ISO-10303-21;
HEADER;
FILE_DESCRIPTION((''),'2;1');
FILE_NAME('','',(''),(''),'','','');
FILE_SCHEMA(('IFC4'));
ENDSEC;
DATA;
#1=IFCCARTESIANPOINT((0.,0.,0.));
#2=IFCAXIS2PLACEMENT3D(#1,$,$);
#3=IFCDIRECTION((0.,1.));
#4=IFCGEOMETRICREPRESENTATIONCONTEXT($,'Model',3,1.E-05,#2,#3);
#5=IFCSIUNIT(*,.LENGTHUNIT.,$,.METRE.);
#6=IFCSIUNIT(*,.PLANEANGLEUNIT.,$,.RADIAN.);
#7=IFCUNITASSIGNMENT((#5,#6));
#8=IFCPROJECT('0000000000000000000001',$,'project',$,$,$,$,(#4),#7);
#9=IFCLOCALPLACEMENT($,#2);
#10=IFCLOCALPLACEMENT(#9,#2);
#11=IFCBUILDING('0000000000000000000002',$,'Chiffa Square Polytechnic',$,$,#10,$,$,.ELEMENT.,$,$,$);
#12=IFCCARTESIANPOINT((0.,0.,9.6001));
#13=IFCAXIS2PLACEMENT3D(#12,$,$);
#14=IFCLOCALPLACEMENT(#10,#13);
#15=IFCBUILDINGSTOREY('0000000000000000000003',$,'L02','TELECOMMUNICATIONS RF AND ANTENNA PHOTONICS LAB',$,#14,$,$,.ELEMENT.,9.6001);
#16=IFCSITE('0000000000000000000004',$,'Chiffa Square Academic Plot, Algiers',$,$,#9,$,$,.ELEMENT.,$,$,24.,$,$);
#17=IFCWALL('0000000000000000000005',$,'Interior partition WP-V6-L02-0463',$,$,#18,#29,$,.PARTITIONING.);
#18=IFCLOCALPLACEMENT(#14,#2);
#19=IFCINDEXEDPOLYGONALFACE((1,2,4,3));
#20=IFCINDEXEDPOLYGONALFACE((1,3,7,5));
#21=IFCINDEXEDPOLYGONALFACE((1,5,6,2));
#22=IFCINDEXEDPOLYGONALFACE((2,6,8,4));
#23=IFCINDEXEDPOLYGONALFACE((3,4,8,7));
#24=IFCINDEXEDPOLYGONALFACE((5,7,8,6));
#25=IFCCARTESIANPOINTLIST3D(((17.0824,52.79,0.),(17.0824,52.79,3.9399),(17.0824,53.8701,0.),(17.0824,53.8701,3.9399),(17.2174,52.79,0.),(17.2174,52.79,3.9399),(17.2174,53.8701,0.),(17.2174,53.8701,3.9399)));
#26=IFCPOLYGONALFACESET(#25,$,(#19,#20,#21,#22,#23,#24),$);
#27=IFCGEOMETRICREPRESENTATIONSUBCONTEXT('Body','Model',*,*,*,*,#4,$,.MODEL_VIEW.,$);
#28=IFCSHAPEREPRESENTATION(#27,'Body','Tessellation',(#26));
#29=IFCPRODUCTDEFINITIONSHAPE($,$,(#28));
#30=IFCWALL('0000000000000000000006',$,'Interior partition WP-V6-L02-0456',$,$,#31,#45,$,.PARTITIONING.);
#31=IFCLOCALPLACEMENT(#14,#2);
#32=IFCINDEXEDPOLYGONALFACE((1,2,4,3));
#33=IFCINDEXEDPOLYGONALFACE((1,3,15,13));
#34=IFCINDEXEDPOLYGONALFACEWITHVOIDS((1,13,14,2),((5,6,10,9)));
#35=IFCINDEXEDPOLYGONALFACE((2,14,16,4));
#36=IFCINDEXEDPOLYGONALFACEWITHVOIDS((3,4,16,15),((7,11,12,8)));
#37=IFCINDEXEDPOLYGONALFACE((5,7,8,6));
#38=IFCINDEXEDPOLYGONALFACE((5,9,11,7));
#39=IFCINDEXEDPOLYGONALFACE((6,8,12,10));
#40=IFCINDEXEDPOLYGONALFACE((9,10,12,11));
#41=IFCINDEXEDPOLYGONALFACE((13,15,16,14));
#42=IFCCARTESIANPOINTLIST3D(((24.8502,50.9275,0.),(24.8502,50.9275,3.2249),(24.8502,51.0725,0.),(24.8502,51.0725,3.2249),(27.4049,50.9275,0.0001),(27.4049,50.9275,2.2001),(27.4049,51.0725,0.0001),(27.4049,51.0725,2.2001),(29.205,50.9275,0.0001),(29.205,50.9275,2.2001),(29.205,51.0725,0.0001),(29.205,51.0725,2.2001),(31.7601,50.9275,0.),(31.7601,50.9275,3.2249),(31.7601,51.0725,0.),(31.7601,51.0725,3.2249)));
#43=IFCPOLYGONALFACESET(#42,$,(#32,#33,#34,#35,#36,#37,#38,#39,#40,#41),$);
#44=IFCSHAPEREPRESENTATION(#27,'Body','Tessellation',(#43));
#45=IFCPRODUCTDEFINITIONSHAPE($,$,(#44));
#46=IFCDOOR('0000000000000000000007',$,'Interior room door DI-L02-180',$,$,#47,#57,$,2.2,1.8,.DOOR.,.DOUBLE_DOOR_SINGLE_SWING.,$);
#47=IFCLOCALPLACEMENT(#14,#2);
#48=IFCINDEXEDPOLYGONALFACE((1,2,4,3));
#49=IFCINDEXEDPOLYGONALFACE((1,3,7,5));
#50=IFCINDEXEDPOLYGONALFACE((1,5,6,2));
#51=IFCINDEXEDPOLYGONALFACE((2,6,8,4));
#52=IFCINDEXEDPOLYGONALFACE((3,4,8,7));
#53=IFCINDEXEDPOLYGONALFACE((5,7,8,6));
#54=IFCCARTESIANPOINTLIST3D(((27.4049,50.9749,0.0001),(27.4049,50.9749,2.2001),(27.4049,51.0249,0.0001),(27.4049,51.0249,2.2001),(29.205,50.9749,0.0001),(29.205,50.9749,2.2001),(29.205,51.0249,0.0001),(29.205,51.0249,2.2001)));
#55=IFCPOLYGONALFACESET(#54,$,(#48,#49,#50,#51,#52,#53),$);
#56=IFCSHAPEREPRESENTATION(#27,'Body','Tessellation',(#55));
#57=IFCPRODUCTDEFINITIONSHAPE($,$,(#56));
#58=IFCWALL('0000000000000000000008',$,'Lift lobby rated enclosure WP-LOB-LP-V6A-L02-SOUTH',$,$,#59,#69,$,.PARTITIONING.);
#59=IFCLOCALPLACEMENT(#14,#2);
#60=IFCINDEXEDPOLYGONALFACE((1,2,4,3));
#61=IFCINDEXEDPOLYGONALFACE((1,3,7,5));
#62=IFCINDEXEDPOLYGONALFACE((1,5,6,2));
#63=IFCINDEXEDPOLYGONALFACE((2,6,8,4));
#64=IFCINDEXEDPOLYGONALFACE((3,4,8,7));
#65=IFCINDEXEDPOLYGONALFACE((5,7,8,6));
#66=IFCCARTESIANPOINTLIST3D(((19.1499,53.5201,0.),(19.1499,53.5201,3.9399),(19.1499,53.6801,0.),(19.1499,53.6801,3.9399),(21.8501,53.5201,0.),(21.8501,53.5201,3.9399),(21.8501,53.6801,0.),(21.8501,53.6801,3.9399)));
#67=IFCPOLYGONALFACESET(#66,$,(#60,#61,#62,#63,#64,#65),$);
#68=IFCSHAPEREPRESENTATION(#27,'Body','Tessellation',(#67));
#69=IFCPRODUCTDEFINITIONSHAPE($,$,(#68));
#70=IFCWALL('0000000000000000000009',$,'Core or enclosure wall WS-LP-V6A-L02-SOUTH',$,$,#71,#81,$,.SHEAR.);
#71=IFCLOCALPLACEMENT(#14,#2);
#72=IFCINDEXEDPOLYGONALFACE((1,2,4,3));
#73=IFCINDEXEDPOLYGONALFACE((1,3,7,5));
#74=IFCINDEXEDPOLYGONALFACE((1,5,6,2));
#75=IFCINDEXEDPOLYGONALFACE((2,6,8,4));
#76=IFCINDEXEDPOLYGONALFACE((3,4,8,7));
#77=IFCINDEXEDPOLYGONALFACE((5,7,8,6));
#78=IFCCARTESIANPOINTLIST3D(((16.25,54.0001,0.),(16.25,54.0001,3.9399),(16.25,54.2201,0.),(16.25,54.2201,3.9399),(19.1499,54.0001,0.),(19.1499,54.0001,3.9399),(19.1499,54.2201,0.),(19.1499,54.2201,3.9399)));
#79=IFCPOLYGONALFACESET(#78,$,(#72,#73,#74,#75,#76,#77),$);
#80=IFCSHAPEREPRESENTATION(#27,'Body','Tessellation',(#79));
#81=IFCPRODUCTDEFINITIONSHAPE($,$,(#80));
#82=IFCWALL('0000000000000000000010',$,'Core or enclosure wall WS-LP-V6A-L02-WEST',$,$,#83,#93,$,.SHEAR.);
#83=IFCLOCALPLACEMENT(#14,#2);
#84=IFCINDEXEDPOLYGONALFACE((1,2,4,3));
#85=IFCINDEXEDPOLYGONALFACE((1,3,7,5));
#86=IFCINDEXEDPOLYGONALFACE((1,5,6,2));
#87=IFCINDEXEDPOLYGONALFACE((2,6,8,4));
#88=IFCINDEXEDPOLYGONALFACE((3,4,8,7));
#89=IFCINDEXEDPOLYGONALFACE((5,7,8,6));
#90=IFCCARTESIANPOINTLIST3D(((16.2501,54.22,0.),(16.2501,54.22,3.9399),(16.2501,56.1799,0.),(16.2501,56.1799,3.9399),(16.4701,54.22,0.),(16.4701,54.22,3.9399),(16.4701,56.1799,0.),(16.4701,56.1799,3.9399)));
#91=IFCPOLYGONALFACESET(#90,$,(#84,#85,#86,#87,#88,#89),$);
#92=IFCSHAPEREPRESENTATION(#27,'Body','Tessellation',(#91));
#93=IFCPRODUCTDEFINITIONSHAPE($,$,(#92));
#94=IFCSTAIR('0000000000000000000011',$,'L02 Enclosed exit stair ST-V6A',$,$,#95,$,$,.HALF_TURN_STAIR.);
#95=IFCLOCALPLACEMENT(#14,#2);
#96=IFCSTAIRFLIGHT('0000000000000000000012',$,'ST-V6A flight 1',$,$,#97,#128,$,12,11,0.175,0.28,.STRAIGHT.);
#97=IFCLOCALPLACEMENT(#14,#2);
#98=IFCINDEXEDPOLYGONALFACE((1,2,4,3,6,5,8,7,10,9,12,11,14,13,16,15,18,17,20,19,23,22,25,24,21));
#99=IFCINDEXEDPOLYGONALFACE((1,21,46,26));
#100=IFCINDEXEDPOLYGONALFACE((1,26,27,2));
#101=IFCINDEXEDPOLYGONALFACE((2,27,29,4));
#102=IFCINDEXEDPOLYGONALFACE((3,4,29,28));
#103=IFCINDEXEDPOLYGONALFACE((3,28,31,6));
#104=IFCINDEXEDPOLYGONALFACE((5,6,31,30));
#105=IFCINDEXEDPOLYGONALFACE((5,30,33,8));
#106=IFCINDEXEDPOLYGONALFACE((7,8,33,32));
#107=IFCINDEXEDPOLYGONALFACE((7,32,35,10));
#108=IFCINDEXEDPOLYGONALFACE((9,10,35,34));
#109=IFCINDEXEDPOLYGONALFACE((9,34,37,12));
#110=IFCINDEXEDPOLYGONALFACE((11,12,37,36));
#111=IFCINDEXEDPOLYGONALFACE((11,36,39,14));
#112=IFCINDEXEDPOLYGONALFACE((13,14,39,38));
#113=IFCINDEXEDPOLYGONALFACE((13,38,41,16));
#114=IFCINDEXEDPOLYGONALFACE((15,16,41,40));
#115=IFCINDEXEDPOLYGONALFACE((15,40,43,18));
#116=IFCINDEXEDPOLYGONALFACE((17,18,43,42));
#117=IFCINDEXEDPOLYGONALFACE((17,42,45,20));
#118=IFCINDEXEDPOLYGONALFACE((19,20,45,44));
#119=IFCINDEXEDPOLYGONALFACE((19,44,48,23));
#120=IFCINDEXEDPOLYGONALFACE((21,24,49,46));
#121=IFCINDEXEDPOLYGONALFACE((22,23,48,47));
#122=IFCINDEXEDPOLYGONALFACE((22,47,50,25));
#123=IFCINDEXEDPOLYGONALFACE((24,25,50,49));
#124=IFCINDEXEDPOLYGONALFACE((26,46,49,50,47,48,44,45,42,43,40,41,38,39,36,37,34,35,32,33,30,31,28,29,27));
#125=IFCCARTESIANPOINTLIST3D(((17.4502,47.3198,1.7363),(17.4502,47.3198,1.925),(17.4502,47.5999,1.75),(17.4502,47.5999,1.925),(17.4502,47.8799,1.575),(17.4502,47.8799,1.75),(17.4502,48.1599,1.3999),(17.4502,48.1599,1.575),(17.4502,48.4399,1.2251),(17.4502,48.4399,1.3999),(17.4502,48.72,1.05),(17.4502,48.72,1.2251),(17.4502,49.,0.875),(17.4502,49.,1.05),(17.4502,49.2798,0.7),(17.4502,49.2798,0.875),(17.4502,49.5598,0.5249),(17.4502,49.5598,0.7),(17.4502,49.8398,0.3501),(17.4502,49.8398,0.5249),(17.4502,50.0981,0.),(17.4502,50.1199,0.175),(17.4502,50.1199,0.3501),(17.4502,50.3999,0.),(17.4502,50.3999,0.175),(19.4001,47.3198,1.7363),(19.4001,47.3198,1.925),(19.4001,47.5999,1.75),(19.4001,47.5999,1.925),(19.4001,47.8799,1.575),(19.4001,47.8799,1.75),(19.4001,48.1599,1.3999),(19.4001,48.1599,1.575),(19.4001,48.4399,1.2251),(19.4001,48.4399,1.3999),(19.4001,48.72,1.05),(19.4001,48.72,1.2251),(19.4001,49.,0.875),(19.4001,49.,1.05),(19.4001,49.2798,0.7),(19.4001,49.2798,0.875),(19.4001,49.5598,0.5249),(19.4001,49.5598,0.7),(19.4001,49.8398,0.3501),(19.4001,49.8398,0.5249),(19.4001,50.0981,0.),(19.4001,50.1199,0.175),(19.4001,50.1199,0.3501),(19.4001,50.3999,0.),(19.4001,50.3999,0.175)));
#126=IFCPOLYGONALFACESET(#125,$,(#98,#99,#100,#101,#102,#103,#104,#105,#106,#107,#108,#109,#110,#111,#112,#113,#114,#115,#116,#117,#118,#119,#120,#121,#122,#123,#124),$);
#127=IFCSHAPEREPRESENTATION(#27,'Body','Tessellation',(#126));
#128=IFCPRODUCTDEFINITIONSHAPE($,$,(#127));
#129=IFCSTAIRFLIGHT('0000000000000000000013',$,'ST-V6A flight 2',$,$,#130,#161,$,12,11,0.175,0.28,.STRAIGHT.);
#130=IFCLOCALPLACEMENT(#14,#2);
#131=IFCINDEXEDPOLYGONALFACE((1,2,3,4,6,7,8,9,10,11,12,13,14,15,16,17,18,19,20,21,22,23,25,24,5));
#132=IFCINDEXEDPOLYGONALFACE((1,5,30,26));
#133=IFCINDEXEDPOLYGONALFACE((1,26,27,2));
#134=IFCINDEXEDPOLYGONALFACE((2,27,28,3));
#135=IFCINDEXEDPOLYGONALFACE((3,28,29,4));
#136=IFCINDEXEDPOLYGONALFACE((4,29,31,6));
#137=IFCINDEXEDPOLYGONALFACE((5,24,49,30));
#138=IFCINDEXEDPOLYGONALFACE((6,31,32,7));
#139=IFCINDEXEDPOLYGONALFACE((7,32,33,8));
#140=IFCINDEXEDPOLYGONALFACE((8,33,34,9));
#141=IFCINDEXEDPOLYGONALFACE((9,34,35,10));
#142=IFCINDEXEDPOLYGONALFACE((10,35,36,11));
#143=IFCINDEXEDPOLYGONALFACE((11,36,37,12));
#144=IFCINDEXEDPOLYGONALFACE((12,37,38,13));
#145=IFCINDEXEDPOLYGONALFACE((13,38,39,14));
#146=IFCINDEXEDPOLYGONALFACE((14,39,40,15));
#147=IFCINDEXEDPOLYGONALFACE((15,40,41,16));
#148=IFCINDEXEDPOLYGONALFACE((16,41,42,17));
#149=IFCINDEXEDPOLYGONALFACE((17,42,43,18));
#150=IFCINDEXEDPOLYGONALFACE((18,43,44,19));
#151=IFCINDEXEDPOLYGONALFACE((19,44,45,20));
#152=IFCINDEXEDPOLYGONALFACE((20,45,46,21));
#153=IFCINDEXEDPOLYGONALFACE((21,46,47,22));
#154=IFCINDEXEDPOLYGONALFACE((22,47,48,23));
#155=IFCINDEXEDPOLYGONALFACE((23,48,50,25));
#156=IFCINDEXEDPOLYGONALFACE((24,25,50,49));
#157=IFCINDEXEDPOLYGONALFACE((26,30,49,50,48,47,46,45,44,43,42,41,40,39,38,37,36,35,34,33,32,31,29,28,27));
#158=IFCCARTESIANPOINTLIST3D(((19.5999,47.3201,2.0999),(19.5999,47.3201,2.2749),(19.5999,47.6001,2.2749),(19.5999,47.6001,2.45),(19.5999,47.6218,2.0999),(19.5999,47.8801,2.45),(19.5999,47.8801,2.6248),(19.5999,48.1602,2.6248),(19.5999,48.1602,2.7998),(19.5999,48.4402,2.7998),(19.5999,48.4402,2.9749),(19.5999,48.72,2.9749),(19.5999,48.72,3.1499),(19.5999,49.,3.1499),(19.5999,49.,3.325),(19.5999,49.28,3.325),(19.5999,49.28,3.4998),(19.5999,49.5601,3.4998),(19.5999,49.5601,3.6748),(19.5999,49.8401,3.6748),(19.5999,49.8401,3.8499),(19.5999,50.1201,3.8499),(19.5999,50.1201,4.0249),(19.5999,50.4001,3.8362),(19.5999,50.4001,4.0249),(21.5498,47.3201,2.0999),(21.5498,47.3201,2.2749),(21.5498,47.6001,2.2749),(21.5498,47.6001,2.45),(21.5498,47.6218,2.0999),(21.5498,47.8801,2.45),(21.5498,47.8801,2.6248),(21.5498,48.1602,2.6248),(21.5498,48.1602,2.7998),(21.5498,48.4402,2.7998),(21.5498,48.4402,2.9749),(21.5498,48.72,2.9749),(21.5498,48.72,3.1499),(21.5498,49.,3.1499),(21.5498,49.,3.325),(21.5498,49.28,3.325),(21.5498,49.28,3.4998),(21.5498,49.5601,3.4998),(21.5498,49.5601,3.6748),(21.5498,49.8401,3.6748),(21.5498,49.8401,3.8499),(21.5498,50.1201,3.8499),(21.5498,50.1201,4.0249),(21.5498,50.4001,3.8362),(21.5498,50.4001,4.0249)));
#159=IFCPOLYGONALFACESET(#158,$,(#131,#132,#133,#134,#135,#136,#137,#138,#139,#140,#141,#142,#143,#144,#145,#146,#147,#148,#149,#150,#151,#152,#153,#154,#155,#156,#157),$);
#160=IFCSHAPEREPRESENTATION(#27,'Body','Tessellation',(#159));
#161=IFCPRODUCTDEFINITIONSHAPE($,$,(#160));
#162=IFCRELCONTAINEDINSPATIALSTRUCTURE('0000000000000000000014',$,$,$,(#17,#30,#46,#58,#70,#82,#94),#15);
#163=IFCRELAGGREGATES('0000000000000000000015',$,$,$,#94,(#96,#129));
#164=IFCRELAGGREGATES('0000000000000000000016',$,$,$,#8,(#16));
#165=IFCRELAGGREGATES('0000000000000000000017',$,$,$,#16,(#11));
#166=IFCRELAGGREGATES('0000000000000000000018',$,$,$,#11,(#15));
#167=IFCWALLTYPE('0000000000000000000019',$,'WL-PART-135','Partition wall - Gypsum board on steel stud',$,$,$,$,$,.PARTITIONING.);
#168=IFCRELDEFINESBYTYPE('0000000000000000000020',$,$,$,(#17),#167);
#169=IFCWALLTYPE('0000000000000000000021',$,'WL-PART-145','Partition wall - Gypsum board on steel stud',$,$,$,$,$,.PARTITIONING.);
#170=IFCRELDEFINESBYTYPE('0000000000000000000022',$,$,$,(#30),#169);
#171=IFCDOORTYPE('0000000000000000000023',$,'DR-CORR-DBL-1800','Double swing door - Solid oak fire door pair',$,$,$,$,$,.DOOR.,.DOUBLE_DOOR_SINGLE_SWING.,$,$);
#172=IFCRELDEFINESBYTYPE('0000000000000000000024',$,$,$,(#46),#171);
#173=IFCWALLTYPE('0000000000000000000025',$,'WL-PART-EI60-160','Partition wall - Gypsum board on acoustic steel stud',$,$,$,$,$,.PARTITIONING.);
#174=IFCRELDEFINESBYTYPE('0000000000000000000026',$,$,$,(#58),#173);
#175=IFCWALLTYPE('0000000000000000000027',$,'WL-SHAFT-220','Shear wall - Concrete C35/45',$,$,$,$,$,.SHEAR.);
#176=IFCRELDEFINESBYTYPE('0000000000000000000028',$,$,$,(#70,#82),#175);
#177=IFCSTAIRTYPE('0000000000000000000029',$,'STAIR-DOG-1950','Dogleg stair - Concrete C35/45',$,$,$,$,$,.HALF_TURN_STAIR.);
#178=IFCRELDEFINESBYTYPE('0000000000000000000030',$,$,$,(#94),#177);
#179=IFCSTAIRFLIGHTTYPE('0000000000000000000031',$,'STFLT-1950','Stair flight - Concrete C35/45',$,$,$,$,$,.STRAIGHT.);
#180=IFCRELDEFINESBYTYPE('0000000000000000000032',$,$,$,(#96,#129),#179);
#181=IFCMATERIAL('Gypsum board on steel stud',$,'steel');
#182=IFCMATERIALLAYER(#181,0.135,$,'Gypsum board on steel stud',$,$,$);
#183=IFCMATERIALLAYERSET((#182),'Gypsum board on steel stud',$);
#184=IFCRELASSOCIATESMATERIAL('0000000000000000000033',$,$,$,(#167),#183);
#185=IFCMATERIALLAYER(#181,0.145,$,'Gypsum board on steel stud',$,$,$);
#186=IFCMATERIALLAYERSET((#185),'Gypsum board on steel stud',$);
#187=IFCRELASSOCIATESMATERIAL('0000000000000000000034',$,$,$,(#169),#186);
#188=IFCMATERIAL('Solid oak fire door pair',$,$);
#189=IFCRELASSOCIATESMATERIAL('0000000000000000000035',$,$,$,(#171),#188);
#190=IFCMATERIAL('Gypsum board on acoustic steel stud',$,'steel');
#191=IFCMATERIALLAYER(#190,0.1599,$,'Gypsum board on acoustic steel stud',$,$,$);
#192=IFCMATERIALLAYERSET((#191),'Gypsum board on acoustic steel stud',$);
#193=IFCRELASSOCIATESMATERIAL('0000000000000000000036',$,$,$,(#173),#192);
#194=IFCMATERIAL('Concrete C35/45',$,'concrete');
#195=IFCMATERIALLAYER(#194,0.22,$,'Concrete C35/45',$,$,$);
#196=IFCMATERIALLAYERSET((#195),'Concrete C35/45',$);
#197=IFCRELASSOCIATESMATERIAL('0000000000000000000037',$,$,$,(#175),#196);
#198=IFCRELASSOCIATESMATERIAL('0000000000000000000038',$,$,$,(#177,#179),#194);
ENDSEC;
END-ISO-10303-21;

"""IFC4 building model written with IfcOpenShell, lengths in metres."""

from ifc_helpers import new_model, si_unit, direction, frame, frame_2d, origin, place, context, subcontext, project, spatial, polyline, rectangle, outline, extrude, material, layer, layer_set, type_object, element, fill, aggregate, save


model = new_model("IFC4")

# Units and contexts
model_context = context("Model", 3, precision=1e-05, world=origin(), true_north=direction((0.0, 1.0)))
body_context = subcontext(model_context, "Body", "Model", "MODEL_VIEW")
ifc_project = project(units=[si_unit("LENGTHUNIT", "METRE"), si_unit("PLANEANGLEUNIT", "RADIAN")], contexts=[model_context])

# Site, building, storey
site_placement = place(None, origin())
site = spatial("IfcSite", under=ifc_project, at=site_placement, Name="Chiffa Square Academic Plot, Algiers", CompositionType="ELEMENT", RefElevation=24.0)
building_placement = place(site_placement, origin())
building = spatial("IfcBuilding", under=site, at=building_placement, Name="Chiffa Square Polytechnic", CompositionType="ELEMENT")
storey_placement = place(building_placement, frame((0.0, 0.0, 9.6001)))
storey = spatial("IfcBuildingStorey", under=building, at=storey_placement, Name="L02", Description="TELECOMMUNICATIONS RF AND ANTENNA PHOTONICS LAB", CompositionType="ELEMENT", Elevation=9.6001)

# Shared definitions
ifc_material_1 = material(Name="Concrete C35/45", Category="concrete")

# Wall
ifc_material_2 = material(Name="Gypsum board on steel stud", Category="steel")
ifc_layer_1 = layer(ifc_material_2, 0.135, Name="Gypsum board on steel stud")
ifc_layer_set_1 = layer_set([ifc_layer_1], Name="Gypsum board on steel stud")
wall_type_1 = type_object("IfcWallType", Name="WL-PART-135", Description="Partition wall - Gypsum board on steel stud", PredefinedType="PARTITIONING", material=ifc_layer_set_1)
wall_1_placement = place(storey_placement, frame((17.1499, 52.79, 0.0), z_axis=(0.0, 0.0, 1.0), x_axis=(0.0, 1.0, 0.0)))
element("IfcWall", 1, at=wall_1_placement, inside=storey, type_object=wall_type_1, Name="Interior partition WP-V6-L02-0463", PredefinedType="PARTITIONING", context=body_context, shape_type="SweptSolid", body=[
    extrude(rectangle(XDim=1.0801, YDim=0.135, at=frame_2d((0.54, 0.0))), origin(), (0.0, 0.0, 1.0), 3.9399),
])

# Wall, opening, door
ifc_layer_2 = layer(ifc_material_2, 0.145, Name="Gypsum board on steel stud")
ifc_layer_set_2 = layer_set([ifc_layer_2], Name="Gypsum board on steel stud")
wall_type_2 = type_object("IfcWallType", Name="WL-PART-145", Description="Partition wall - Gypsum board on steel stud", PredefinedType="PARTITIONING", material=ifc_layer_set_2)
wall_2_placement = place(storey_placement, frame((24.8501, 51.0, 0.0), z_axis=(0.0, 0.0, 1.0), x_axis=(1.0, 0.0, 0.0)))
wall_2 = element("IfcWall", 2, at=wall_2_placement, inside=storey, type_object=wall_type_2, Name="Interior partition WP-V6-L02-0456", PredefinedType="PARTITIONING", context=body_context, shape_type="SweptSolid", body=[
    extrude(rectangle(XDim=6.9099, YDim=0.145, at=frame_2d((3.4551, 0.0))), origin(), (0.0, 0.0, 1.0), 3.2249),
])
opening_1_placement = place(wall_2_placement, frame((2.5549, 0.0, 0.0)))
opening_1 = element("IfcOpeningElement", 3, at=opening_1_placement, cuts=wall_2, PredefinedType="OPENING", context=body_context, shape_type="SweptSolid", body=[
    extrude(rectangle(XDim=1.8, YDim=2.2, at=frame_2d((0.8999, 1.1001))), frame((0.0, 0.0825, 0.0), z_axis=(0.0, -1.0, 0.0), x_axis=(1.0, 0.0, 0.0)), (0.0, 0.0, 1.0), 0.165),
])
ifc_material_3 = material(Name="Solid oak fire door pair")
door_type_1 = type_object("IfcDoorType", Name="DR-CORR-DBL-1800", Description="Double swing door - Solid oak fire door pair", OperationType="DOUBLE_DOOR_SINGLE_SWING", PredefinedType="DOOR", material=ifc_material_3)
door_1_placement = place(opening_1_placement, origin())
door_1 = element("IfcDoor", 4, at=door_1_placement, inside=storey, type_object=door_type_1, Name="Interior room door DI-L02-180", OperationType="DOUBLE_DOOR_SINGLE_SWING", OverallHeight=2.2, OverallWidth=1.8, PredefinedType="DOOR", context=body_context, shape_type="SweptSolid", body=[
    extrude(rectangle(XDim=1.8, YDim=2.2, at=frame_2d((0.8999, 1.1001))), frame((0.0, 0.0249, 0.0), z_axis=(0.0, -1.0, 0.0), x_axis=(1.0, 0.0, 0.0)), (0.0, 0.0, 1.0), 0.05),
])
fill(opening_1, door_1)

# Wall
ifc_material_4 = material(Name="Gypsum board on acoustic steel stud", Category="steel")
ifc_layer_3 = layer(ifc_material_4, 0.1599, Name="Gypsum board on acoustic steel stud")
ifc_layer_set_3 = layer_set([ifc_layer_3], Name="Gypsum board on acoustic steel stud")
wall_type_3 = type_object("IfcWallType", Name="WL-PART-EI60-160", Description="Partition wall - Gypsum board on acoustic steel stud", PredefinedType="PARTITIONING", material=ifc_layer_set_3)
wall_3_placement = place(storey_placement, frame((19.1499, 53.6001, 0.0), z_axis=(0.0, 0.0, 1.0), x_axis=(1.0, 0.0, 0.0)))
element("IfcWall", 5, at=wall_3_placement, inside=storey, type_object=wall_type_3, Name="Lift lobby rated enclosure WP-LOB-LP-V6A-L02-SOUTH", PredefinedType="PARTITIONING", context=body_context, shape_type="SweptSolid", body=[
    extrude(rectangle(XDim=2.7002, YDim=0.1599, at=frame_2d((1.3501, 0.0))), origin(), (0.0, 0.0, 1.0), 3.9399),
])

# Walls
ifc_layer_4 = layer(ifc_material_1, 0.22, Name="Concrete C35/45")
ifc_layer_set_4 = layer_set([ifc_layer_4], Name="Concrete C35/45")
wall_type_4 = type_object("IfcWallType", Name="WL-SHAFT-220", Description="Shear wall - Concrete C35/45", PredefinedType="SHEAR", material=ifc_layer_set_4)
wall_4_placement = place(storey_placement, frame((16.25, 54.1101, 0.0), z_axis=(0.0, 0.0, 1.0), x_axis=(1.0, 0.0, 0.0)))
element("IfcWall", 6, at=wall_4_placement, inside=storey, type_object=wall_type_4, Name="Core or enclosure wall WS-LP-V6A-L02-SOUTH", PredefinedType="SHEAR", context=body_context, shape_type="SweptSolid", body=[
    extrude(rectangle(XDim=2.8999, YDim=0.22, at=frame_2d((1.45, 0.0))), origin(), (0.0, 0.0, 1.0), 3.9399),
])
wall_5_placement = place(storey_placement, frame((16.3601, 54.22, 0.0), z_axis=(0.0, 0.0, 1.0), x_axis=(0.0, 1.0, 0.0)))
element("IfcWall", 7, at=wall_5_placement, inside=storey, type_object=wall_type_4, Name="Core or enclosure wall WS-LP-V6A-L02-WEST", PredefinedType="SHEAR", context=body_context, shape_type="SweptSolid", body=[
    extrude(rectangle(XDim=1.96, YDim=0.22, at=frame_2d((0.98, 0.0))), origin(), (0.0, 0.0, 1.0), 3.9399),
])

# Stair, stair flights
stair_type = type_object("IfcStairType", Name="STAIR-DOG-1950", Description="Dogleg stair - Concrete C35/45", PredefinedType="HALF_TURN_STAIR", material=ifc_material_1)
stair_placement = place(storey_placement, origin())
stair = element("IfcStair", 8, at=stair_placement, inside=storey, type_object=stair_type, Name="L02 Enclosed exit stair ST-V6A", PredefinedType="HALF_TURN_STAIR")
stair_flight_type = type_object("IfcStairFlightType", Name="STFLT-1950", Description="Stair flight - Concrete C35/45", PredefinedType="STRAIGHT", material=ifc_material_1)
stair_flight_1_placement = place(storey_placement, frame((18.425, 50.3999, 0.0), z_axis=(0.0, 0.0, 1.0), x_axis=(0.0, -1.0, 0.0)))
stair_flight_1 = element("IfcStairFlight", 9, at=stair_flight_1_placement, type_object=stair_flight_type, Name="ST-V6A flight 1", NumberOfRisers=12, NumberOfTreads=11, PredefinedType="STRAIGHT", RiserHeight=0.175, TreadLength=0.28, context=body_context, shape_type="SweptSolid", body=[
    extrude(outline(polyline([(0.0, 0.0), (0.0, 0.175), (0.28, 0.175), (0.28, 0.3501), (0.5601, 0.3501), (0.5601, 0.5249), (0.8401, 0.5249), (0.8401, 0.7), (1.1201, 0.7), (1.1201, 0.875), (1.3999, 0.875), (1.3999, 1.05), (1.6799, 1.05), (1.6799, 1.2251), (1.96, 1.2251), (1.96, 1.3999), (2.24, 1.3999), (2.24, 1.575), (2.52, 1.575), (2.52, 1.75), (2.8, 1.75), (2.8, 1.925), (3.0801, 1.925), (3.0801, 2.1001), (3.0801, 1.7363), (0.3018, 0.0), (0.0, 0.0)])), frame((0.0, 0.9751, 0.0), z_axis=(0.0, -1.0, 0.0), x_axis=(1.0, 0.0, 0.0)), (0.0, 0.0, 1.0), 1.95),
])
stair_flight_2_placement = place(storey_placement, frame((20.575, 47.3201, 2.0999), z_axis=(0.0, 0.0, 1.0), x_axis=(0.0, 1.0, 0.0)))
stair_flight_2 = element("IfcStairFlight", 10, at=stair_flight_2_placement, type_object=stair_flight_type, Name="ST-V6A flight 2", NumberOfRisers=12, NumberOfTreads=11, PredefinedType="STRAIGHT", RiserHeight=0.175, TreadLength=0.28, context=body_context, shape_type="SweptSolid", body=[
    extrude(outline(polyline([(0.0, 0.0), (0.0, 0.175), (0.28, 0.175), (0.28, 0.3501), (0.5601, 0.3501), (0.5601, 0.5249), (0.8401, 0.5249), (0.8401, 0.7), (1.1201, 0.7), (1.1201, 0.875), (1.3999, 0.875), (1.3999, 1.05), (1.6799, 1.05), (1.6799, 1.2251), (1.96, 1.2251), (1.96, 1.3999), (2.24, 1.3999), (2.24, 1.575), (2.52, 1.575), (2.52, 1.75), (2.8, 1.75), (2.8, 1.925), (3.0801, 1.925), (3.0801, 2.1001), (3.0801, 1.7363), (0.3018, 0.0), (0.0, 0.0)])), frame((0.0, 0.9751, 0.0), z_axis=(0.0, -1.0, 0.0), x_axis=(1.0, 0.0, 0.0)), (0.0, 0.0, 1.0), 1.95),
])
aggregate(stair, [stair_flight_1, stair_flight_2])

save(model, "model.ifc")
